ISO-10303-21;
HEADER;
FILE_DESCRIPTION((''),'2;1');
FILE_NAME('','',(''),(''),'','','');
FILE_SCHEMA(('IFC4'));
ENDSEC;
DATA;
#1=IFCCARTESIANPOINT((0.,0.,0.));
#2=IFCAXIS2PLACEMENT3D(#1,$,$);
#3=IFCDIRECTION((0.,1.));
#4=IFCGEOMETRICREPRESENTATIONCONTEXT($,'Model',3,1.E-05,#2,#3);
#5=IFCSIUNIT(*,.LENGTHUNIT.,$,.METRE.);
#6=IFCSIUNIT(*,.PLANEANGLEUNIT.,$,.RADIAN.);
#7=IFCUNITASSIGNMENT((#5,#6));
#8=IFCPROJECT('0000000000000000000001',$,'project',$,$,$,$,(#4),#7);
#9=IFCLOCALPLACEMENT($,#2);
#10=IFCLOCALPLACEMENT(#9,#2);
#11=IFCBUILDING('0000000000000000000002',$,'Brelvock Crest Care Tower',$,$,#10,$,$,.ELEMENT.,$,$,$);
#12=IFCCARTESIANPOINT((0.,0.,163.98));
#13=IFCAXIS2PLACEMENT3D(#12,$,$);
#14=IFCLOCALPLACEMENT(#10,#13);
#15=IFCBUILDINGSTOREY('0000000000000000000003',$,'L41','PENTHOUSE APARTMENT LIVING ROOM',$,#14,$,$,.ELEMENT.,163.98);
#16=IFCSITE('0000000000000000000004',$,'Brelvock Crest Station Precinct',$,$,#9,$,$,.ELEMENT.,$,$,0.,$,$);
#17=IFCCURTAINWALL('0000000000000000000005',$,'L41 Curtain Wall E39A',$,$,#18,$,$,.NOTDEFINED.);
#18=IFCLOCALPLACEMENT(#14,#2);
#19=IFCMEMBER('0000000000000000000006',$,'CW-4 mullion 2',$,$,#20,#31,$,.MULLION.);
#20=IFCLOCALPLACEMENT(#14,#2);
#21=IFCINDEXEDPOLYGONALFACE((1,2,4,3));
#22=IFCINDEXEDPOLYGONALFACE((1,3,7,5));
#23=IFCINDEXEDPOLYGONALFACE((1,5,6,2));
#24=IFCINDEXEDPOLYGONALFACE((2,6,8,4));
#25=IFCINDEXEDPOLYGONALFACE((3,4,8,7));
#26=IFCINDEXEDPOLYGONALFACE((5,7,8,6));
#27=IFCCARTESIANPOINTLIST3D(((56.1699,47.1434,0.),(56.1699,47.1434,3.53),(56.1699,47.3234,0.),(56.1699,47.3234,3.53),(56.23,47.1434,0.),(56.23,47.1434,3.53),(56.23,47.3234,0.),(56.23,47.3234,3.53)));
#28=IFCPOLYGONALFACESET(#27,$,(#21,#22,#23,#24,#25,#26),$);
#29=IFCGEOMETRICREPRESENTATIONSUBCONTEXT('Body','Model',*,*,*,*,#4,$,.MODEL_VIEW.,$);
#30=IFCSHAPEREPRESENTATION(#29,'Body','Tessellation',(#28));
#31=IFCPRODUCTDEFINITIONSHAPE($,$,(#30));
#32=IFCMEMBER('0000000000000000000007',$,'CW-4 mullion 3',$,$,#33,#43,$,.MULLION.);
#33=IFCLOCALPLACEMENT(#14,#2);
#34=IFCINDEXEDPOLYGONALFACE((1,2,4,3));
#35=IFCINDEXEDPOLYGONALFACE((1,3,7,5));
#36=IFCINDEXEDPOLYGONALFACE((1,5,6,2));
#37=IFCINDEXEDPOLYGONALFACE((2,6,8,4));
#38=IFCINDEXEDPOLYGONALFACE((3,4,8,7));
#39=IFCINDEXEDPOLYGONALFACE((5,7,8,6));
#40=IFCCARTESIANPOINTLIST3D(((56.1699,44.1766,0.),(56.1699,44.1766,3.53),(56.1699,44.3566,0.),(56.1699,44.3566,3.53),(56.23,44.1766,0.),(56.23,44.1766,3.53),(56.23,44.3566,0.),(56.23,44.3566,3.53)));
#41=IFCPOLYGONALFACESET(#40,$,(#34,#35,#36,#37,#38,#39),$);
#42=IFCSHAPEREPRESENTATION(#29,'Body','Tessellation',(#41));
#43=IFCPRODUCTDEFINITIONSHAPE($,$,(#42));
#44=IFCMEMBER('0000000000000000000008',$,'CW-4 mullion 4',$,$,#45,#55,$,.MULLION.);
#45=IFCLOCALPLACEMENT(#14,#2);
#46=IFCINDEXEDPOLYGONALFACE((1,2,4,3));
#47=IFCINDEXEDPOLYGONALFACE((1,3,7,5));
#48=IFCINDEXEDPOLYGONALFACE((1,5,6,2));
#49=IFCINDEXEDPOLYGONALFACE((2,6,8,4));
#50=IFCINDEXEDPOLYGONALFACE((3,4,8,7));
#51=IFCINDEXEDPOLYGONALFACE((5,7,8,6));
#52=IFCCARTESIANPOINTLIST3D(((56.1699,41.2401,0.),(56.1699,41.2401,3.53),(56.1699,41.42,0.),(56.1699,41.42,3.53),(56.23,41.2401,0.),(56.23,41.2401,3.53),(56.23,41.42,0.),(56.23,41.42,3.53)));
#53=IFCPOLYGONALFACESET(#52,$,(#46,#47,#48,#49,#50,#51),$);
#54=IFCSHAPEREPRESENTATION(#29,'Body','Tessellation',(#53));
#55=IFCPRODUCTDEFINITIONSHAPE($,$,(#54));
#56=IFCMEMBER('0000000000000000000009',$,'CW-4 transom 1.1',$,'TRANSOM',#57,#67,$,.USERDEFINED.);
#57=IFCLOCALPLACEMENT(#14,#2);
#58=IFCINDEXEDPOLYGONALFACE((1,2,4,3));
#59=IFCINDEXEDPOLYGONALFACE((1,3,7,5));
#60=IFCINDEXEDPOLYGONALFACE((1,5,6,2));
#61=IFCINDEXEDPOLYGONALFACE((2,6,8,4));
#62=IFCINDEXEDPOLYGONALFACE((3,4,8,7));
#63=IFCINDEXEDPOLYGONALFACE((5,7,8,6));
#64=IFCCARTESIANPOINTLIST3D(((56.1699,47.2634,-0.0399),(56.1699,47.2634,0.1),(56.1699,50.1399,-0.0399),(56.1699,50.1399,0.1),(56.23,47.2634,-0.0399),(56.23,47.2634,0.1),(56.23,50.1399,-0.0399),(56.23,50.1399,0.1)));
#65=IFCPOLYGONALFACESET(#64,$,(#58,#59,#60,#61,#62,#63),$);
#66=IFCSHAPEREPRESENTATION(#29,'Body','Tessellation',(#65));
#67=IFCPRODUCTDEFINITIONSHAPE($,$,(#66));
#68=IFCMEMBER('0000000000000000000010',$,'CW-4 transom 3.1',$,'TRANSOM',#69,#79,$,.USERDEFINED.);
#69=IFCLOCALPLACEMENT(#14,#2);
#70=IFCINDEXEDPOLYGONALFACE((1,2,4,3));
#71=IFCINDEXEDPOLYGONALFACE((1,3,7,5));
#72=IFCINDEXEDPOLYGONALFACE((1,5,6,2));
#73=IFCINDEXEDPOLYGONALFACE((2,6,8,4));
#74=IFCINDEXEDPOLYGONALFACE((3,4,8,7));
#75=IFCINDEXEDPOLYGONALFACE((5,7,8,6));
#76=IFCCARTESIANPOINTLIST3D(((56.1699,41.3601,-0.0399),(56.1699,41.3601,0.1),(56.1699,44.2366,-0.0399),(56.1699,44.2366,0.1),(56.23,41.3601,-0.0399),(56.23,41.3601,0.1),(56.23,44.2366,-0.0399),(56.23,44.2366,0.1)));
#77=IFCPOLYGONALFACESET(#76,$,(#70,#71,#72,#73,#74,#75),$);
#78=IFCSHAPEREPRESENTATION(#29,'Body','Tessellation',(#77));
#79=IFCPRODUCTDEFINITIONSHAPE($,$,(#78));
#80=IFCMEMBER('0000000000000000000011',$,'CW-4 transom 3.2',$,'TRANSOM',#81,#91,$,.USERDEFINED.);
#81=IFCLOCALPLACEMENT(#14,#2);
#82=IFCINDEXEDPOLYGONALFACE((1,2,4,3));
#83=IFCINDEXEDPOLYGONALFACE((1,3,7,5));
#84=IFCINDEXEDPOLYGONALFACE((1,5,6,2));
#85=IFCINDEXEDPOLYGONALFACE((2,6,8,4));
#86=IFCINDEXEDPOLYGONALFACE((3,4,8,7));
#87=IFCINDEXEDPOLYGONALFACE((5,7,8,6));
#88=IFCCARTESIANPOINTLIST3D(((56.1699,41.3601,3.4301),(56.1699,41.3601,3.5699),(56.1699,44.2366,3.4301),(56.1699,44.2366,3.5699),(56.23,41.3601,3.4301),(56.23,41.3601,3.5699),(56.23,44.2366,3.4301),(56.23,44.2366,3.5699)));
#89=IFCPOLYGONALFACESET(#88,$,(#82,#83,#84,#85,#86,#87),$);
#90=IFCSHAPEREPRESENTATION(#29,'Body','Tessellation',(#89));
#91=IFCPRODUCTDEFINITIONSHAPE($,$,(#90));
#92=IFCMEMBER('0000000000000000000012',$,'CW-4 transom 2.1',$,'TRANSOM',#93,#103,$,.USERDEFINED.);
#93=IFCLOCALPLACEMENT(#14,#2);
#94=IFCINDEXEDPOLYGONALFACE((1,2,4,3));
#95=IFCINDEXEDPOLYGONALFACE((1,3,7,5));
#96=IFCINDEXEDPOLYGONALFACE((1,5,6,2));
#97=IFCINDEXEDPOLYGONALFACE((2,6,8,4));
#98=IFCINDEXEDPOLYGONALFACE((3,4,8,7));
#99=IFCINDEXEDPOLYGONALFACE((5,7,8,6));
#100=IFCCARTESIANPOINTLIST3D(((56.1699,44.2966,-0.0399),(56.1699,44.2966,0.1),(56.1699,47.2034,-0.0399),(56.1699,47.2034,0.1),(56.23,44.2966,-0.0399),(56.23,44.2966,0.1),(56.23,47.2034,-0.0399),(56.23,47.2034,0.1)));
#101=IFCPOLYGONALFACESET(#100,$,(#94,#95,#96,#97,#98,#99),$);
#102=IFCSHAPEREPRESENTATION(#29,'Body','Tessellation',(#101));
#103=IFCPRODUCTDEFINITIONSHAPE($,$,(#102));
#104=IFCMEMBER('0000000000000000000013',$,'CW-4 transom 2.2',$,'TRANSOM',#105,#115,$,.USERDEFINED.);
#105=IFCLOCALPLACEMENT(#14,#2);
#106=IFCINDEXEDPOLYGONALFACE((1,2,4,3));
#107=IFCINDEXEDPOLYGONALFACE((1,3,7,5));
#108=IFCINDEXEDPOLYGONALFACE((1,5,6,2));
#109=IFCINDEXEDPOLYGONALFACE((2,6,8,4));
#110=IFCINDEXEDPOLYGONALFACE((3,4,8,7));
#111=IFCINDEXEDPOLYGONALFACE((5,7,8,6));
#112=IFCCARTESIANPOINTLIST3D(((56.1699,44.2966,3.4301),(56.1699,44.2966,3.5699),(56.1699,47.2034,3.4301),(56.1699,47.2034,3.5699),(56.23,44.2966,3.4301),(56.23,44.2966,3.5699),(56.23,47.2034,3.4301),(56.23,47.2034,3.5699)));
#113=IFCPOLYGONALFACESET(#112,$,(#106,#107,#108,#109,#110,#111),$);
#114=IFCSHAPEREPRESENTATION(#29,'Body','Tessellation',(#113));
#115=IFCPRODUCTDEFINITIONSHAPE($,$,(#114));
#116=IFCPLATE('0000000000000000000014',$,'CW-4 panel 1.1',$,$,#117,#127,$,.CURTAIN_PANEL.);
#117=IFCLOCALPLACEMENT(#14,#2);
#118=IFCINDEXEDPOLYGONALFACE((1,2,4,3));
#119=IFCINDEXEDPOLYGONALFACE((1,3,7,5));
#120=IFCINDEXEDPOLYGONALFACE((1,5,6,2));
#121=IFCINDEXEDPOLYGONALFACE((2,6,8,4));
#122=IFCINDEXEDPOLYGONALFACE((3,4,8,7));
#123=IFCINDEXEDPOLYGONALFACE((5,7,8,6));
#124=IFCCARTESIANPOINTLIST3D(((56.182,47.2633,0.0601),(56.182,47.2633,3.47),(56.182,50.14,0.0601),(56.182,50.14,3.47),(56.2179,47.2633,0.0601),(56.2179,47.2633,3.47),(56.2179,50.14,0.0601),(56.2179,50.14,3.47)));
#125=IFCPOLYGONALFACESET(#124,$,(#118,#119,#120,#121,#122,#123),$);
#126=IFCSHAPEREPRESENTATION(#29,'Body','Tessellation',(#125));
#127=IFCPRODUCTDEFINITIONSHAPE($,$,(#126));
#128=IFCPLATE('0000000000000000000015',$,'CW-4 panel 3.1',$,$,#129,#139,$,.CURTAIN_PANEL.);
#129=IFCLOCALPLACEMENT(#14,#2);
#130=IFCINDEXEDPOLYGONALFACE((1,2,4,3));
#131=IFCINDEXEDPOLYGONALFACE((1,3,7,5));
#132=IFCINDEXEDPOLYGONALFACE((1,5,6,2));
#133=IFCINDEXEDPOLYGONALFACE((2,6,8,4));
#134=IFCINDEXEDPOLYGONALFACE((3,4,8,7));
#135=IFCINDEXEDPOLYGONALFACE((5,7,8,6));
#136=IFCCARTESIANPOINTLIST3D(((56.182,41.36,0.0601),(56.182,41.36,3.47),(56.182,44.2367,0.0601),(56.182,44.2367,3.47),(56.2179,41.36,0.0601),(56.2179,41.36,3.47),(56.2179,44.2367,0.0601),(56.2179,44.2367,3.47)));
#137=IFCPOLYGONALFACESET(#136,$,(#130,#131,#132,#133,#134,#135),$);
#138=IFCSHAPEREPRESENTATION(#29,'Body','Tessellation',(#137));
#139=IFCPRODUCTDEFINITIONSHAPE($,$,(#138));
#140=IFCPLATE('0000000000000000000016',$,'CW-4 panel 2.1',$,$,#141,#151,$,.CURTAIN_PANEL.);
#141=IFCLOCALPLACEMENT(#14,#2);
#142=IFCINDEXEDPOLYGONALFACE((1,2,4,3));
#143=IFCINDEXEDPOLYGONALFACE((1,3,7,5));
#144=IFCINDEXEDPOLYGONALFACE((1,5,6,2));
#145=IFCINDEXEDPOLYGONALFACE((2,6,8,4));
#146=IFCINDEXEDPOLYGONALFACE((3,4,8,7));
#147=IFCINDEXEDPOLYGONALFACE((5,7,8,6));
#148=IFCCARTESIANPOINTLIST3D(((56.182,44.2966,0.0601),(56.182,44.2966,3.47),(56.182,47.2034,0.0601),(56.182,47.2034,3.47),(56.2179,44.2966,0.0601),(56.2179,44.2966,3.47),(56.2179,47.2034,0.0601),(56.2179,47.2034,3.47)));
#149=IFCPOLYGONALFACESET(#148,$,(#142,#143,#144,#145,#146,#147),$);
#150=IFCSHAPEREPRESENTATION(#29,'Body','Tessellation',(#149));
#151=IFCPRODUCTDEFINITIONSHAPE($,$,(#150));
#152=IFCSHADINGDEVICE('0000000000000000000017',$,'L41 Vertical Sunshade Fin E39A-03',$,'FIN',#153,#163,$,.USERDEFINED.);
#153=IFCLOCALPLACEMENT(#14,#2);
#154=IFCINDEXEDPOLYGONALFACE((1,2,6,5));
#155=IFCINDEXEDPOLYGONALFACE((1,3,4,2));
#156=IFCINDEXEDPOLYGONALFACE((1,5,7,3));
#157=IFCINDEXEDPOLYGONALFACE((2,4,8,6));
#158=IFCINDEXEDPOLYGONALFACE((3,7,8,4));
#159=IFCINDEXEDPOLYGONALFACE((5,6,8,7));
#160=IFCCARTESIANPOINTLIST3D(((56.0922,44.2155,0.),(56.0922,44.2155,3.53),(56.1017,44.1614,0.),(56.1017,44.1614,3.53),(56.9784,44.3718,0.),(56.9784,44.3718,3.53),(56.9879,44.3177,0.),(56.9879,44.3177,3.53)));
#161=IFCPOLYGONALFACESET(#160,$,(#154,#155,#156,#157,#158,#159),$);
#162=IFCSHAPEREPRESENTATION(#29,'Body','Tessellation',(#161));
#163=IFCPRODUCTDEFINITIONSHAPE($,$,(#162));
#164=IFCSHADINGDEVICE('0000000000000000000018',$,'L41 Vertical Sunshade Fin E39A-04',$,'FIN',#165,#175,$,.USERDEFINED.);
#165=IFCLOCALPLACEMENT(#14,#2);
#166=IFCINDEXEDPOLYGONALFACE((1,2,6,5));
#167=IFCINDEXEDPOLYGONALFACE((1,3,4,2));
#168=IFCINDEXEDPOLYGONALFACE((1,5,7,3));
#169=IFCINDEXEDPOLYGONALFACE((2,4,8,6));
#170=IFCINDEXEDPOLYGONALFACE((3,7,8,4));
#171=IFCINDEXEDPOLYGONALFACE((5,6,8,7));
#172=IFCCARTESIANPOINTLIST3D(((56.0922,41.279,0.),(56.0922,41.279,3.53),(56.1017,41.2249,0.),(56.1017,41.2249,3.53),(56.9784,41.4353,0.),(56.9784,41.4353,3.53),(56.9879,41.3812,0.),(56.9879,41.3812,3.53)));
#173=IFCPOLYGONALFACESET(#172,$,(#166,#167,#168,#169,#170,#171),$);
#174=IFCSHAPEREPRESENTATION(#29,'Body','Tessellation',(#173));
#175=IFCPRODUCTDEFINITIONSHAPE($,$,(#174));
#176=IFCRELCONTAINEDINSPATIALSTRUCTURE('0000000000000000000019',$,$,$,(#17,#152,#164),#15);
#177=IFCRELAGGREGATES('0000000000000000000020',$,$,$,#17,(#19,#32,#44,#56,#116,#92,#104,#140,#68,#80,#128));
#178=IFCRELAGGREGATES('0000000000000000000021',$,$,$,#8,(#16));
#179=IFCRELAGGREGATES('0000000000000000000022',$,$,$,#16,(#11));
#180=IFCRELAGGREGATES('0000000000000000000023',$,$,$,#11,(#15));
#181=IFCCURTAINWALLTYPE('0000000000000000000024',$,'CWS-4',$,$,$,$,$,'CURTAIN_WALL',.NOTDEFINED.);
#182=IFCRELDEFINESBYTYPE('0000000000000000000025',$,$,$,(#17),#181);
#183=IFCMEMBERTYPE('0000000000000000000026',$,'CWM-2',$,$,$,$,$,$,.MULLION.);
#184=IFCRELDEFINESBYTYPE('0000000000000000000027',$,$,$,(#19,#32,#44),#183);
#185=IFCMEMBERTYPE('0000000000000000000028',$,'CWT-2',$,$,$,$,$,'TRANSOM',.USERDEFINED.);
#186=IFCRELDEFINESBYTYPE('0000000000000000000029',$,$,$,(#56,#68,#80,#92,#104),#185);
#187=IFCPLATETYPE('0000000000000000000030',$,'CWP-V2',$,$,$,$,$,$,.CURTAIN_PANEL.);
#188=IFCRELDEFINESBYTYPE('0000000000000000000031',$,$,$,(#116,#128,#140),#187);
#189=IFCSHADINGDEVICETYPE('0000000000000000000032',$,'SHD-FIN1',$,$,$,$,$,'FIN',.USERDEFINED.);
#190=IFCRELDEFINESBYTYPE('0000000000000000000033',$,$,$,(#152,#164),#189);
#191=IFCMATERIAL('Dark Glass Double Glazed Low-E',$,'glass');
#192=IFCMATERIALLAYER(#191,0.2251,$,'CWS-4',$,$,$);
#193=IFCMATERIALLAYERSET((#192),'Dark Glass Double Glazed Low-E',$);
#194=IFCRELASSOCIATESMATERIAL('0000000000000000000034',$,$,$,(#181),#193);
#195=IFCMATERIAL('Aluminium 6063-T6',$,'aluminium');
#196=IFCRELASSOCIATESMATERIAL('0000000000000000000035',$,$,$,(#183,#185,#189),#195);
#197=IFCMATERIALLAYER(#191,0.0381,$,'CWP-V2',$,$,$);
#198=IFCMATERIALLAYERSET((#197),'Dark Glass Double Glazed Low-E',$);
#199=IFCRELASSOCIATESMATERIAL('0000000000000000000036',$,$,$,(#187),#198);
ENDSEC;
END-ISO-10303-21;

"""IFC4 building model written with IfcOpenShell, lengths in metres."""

from ifc_helpers import new_model, si_unit, direction, frame, origin, origin_2d, place, context, subcontext, project, spatial, rectangle, extrude, source, transform, mapped, material, layer, layer_set, material_profile, profile_set, type_object, element, aggregate, save


model = new_model("IFC4")

# Units and contexts
model_context = context("Model", 3, precision=1e-05, world=origin(), true_north=direction((0.0, 1.0)))
body_context = subcontext(model_context, "Body", "Model", "MODEL_VIEW")
ifc_project = project(units=[si_unit("LENGTHUNIT", "METRE"), si_unit("PLANEANGLEUNIT", "RADIAN")], contexts=[model_context])

# Site, building, storey
site_placement = place(None, origin())
site = spatial("IfcSite", under=ifc_project, at=site_placement, Name="Brelvock Crest Station Precinct", CompositionType="ELEMENT", RefElevation=0.0)
building_placement = place(site_placement, origin())
building = spatial("IfcBuilding", under=site, at=building_placement, Name="Brelvock Crest Care Tower", CompositionType="ELEMENT")
storey_placement = place(building_placement, frame((0.0, 0.0, 163.98)))
storey = spatial("IfcBuildingStorey", under=building, at=storey_placement, Name="L41", Description="PENTHOUSE APARTMENT LIVING ROOM", CompositionType="ELEMENT", Elevation=163.98)

# Curtain wall, members, plates
ifc_material_1 = material(Name="Dark Glass Double Glazed Low-E", Category="glass")
ifc_layer_1 = layer(ifc_material_1, 0.2251, Name="CWS-4")
ifc_layer_set_1 = layer_set([ifc_layer_1], Name="Dark Glass Double Glazed Low-E")
curtain_wall_type = type_object("IfcCurtainWallType", Name="CWS-4", ElementType="CURTAIN_WALL", PredefinedType="NOTDEFINED", material=ifc_layer_set_1)
curtain_wall_placement = place(storey_placement, origin())
curtain_wall = element("IfcCurtainWall", 1, at=curtain_wall_placement, inside=storey, type_object=curtain_wall_type, Name="L41 Curtain Wall E39A", PredefinedType="NOTDEFINED")
ifc_material_2 = material(Name="Aluminium 6063-T6", Category="aluminium")
ifc_material_profile_1 = material_profile(ifc_material_2, rectangle(XDim=0.0601, YDim=0.1799, at=origin_2d()), Name="ALU60x180")
ifc_profile_set_1 = profile_set([ifc_material_profile_1], Name="Aluminium 6063-T6")
member_type_1 = type_object("IfcMemberType", Name="CWM-2", PredefinedType="MULLION", material=ifc_profile_set_1)
shared_shape_1 = source(origin(), body_context, "Body", "SweptSolid", [
    extrude(rectangle(XDim=0.0601, YDim=0.1799, at=origin_2d()), origin(), (0.0, 0.0, 1.0), 3.53),
])
member_1_placement = place(storey_placement, frame((56.2, 47.2334, 0.0), z_axis=(0.0, 0.0, 1.0), x_axis=(1.0, 0.0, 0.0)))
member_1 = element("IfcMember", 2, at=member_1_placement, type_object=member_type_1, Name="CW-4 mullion 2", PredefinedType="MULLION", context=body_context, shape_type="MappedRepresentation", body=[
    mapped(shared_shape_1, transform((0.0, 0.0, 0.0), x_axis=(1.0, 0.0, 0.0), y_axis=(0.0, 1.0, 0.0), z_axis=(0.0, 0.0, 1.0), scale=1.0)),
])
member_2_placement = place(storey_placement, frame((56.2, 44.2666, 0.0), z_axis=(0.0, 0.0, 1.0), x_axis=(1.0, 0.0, 0.0)))
member_2 = element("IfcMember", 3, at=member_2_placement, type_object=member_type_1, Name="CW-4 mullion 3", PredefinedType="MULLION", context=body_context, shape_type="MappedRepresentation", body=[
    mapped(shared_shape_1, transform((0.0, 0.0, 0.0), x_axis=(1.0, 0.0, 0.0), y_axis=(0.0, 1.0, 0.0), z_axis=(0.0, 0.0, 1.0), scale=1.0)),
])
member_3_placement = place(storey_placement, frame((56.2, 41.3301, 0.0), z_axis=(0.0, 0.0, 1.0), x_axis=(1.0, 0.0, 0.0)))
member_3 = element("IfcMember", 4, at=member_3_placement, type_object=member_type_1, Name="CW-4 mullion 4", PredefinedType="MULLION", context=body_context, shape_type="MappedRepresentation", body=[
    mapped(shared_shape_1, transform((0.0, 0.0, 0.0), x_axis=(1.0, 0.0, 0.0), y_axis=(0.0, 1.0, 0.0), z_axis=(0.0, 0.0, 1.0), scale=1.0)),
])
ifc_material_profile_2 = material_profile(ifc_material_2, rectangle(XDim=0.0601, YDim=0.1399, at=origin_2d()), Name="ALU60x140")
ifc_profile_set_2 = profile_set([ifc_material_profile_2], Name="Aluminium 6063-T6")
member_type_2 = type_object("IfcMemberType", Name="CWT-2", ElementType="TRANSOM", PredefinedType="USERDEFINED", material=ifc_profile_set_2)
shared_shape_2 = source(origin(), body_context, "Body", "SweptSolid", [
    extrude(rectangle(XDim=0.0601, YDim=0.1399, at=origin_2d()), origin(), (0.0, 0.0, 1.0), 2.8765),
])
member_4_placement = place(storey_placement, frame((56.2, 50.1399, 0.03), z_axis=(0.0, -1.0, 0.0), x_axis=(1.0, 0.0, 0.0)))
member_4 = element("IfcMember", 5, at=member_4_placement, type_object=member_type_2, Name="CW-4 transom 1.1", ObjectType="TRANSOM", PredefinedType="USERDEFINED", context=body_context, shape_type="MappedRepresentation", body=[
    mapped(shared_shape_2, transform((0.0, 0.0, 0.0), x_axis=(1.0, 0.0, 0.0), y_axis=(0.0, 1.0, 0.0), z_axis=(0.0, 0.0, 1.0), scale=1.0)),
])
member_5_placement = place(storey_placement, frame((56.2, 44.2366, 0.03), z_axis=(0.0, -1.0, 0.0), x_axis=(1.0, 0.0, 0.0)))
member_5 = element("IfcMember", 6, at=member_5_placement, type_object=member_type_2, Name="CW-4 transom 3.1", ObjectType="TRANSOM", PredefinedType="USERDEFINED", context=body_context, shape_type="MappedRepresentation", body=[
    mapped(shared_shape_2, transform((0.0, 0.0, 0.0), x_axis=(1.0, 0.0, 0.0), y_axis=(0.0, 1.0, 0.0), z_axis=(0.0, 0.0, 1.0), scale=1.0)),
])
member_6_placement = place(storey_placement, frame((56.2, 44.2366, 3.5), z_axis=(0.0, -1.0, 0.0), x_axis=(1.0, 0.0, 0.0)))
member_6 = element("IfcMember", 7, at=member_6_placement, type_object=member_type_2, Name="CW-4 transom 3.2", ObjectType="TRANSOM", PredefinedType="USERDEFINED", context=body_context, shape_type="MappedRepresentation", body=[
    mapped(shared_shape_2, transform((0.0, 0.0, 0.0), x_axis=(1.0, 0.0, 0.0), y_axis=(0.0, 1.0, 0.0), z_axis=(0.0, 0.0, 1.0), scale=1.0)),
])
shared_shape_3 = source(origin(), body_context, "Body", "SweptSolid", [
    extrude(rectangle(XDim=0.0601, YDim=0.1399, at=origin_2d()), origin(), (0.0, 0.0, 1.0), 2.9067),
])
member_7_placement = place(storey_placement, frame((56.2, 47.2034, 0.03), z_axis=(0.0, -1.0, 0.0), x_axis=(1.0, 0.0, 0.0)))
member_7 = element("IfcMember", 8, at=member_7_placement, type_object=member_type_2, Name="CW-4 transom 2.1", ObjectType="TRANSOM", PredefinedType="USERDEFINED", context=body_context, shape_type="MappedRepresentation", body=[
    mapped(shared_shape_3, transform((0.0, 0.0, 0.0), x_axis=(1.0, 0.0, 0.0), y_axis=(0.0, 1.0, 0.0), z_axis=(0.0, 0.0, 1.0), scale=1.0)),
])
member_8_placement = place(storey_placement, frame((56.2, 47.2034, 3.5), z_axis=(0.0, -1.0, 0.0), x_axis=(1.0, 0.0, 0.0)))
member_8 = element("IfcMember", 9, at=member_8_placement, type_object=member_type_2, Name="CW-4 transom 2.2", ObjectType="TRANSOM", PredefinedType="USERDEFINED", context=body_context, shape_type="MappedRepresentation", body=[
    mapped(shared_shape_3, transform((0.0, 0.0, 0.0), x_axis=(1.0, 0.0, 0.0), y_axis=(0.0, 1.0, 0.0), z_axis=(0.0, 0.0, 1.0), scale=1.0)),
])
ifc_layer_2 = layer(ifc_material_1, 0.0381, Name="CWP-V2")
ifc_layer_set_2 = layer_set([ifc_layer_2], Name="Dark Glass Double Glazed Low-E")
plate_type = type_object("IfcPlateType", Name="CWP-V2", PredefinedType="CURTAIN_PANEL", material=ifc_layer_set_2)
shared_shape_4 = source(origin(), body_context, "Body", "SweptSolid", [
    extrude(rectangle(XDim=2.8767, YDim=0.0359, at=origin_2d()), origin(), (0.0, 0.0, 1.0), 3.4099),
])
plate_1_placement = place(storey_placement, frame((56.2, 48.7017, 0.0601), z_axis=(0.0, 0.0, 1.0), x_axis=(0.0, -1.0, 0.0)))
plate_1 = element("IfcPlate", 10, at=plate_1_placement, type_object=plate_type, Name="CW-4 panel 1.1", PredefinedType="CURTAIN_PANEL", context=body_context, shape_type="MappedRepresentation", body=[
    mapped(shared_shape_4, transform((0.0, 0.0, 0.0), x_axis=(1.0, 0.0, 0.0), y_axis=(0.0, 1.0, 0.0), z_axis=(0.0, 0.0, 1.0), scale=1.0)),
])
plate_2_placement = place(storey_placement, frame((56.2, 42.7983, 0.0601), z_axis=(0.0, 0.0, 1.0), x_axis=(0.0, -1.0, 0.0)))
plate_2 = element("IfcPlate", 11, at=plate_2_placement, type_object=plate_type, Name="CW-4 panel 3.1", PredefinedType="CURTAIN_PANEL", context=body_context, shape_type="MappedRepresentation", body=[
    mapped(shared_shape_4, transform((0.0, 0.0, 0.0), x_axis=(1.0, 0.0, 0.0), y_axis=(0.0, 1.0, 0.0), z_axis=(0.0, 0.0, 1.0), scale=1.0)),
])
shared_shape_5 = source(origin(), body_context, "Body", "SweptSolid", [
    extrude(rectangle(XDim=2.9067, YDim=0.0359, at=origin_2d()), origin(), (0.0, 0.0, 1.0), 3.4099),
])
plate_3_placement = place(storey_placement, frame((56.2, 45.75, 0.0601), z_axis=(0.0, 0.0, 1.0), x_axis=(0.0, -1.0, 0.0)))
plate_3 = element("IfcPlate", 12, at=plate_3_placement, type_object=plate_type, Name="CW-4 panel 2.1", PredefinedType="CURTAIN_PANEL", context=body_context, shape_type="MappedRepresentation", body=[
    mapped(shared_shape_5, transform((0.0, 0.0, 0.0), x_axis=(1.0, 0.0, 0.0), y_axis=(0.0, 1.0, 0.0), z_axis=(0.0, 0.0, 1.0), scale=1.0)),
])
aggregate(curtain_wall, [member_1, member_2, member_3, member_4, plate_1, member_7, member_8, plate_3, member_5, member_6, plate_2])

# Shading devices
ifc_material_profile_3 = material_profile(ifc_material_2, rectangle(XDim=0.0549, YDim=0.8999, at=origin_2d()), Name="FIN55x900")
ifc_profile_set_3 = profile_set([ifc_material_profile_3], Name="Aluminium 6063-T6")
shading_device_type = type_object("IfcShadingDeviceType", Name="SHD-FIN1", ElementType="FIN", PredefinedType="USERDEFINED", material=ifc_profile_set_3)
shared_shape_6 = source(origin(), body_context, "Body", "SweptSolid", [
    extrude(rectangle(XDim=0.0549, YDim=0.8999, at=origin_2d()), origin(), (0.0, 0.0, 1.0), 3.53),
])
for number, where, z_axis, x_axis, name in (
    (13, (56.54, 44.2666, 0.0), (0.0, 0.0, 1.0), (0.173648, -0.984808, 0.0), "L41 Vertical Sunshade Fin E39A-03"),
    (14, (56.54, 41.3301, 0.0), (0.0, 0.0, 1.0), (0.173648, -0.984808, 0.0), "L41 Vertical Sunshade Fin E39A-04"),
):
    element("IfcShadingDevice", number, at=place(storey_placement, frame(where, z_axis=z_axis, x_axis=x_axis)), inside=storey, type_object=shading_device_type, Name=name, ObjectType="FIN", PredefinedType="USERDEFINED", context=body_context, shape_type="MappedRepresentation", body=[
        mapped(shared_shape_6, transform((0.0, 0.0, 0.0), x_axis=(1.0, 0.0, 0.0), y_axis=(0.0, 1.0, 0.0), z_axis=(0.0, 0.0, 1.0), scale=1.0)),
    ])

save(model, "model.ifc")
